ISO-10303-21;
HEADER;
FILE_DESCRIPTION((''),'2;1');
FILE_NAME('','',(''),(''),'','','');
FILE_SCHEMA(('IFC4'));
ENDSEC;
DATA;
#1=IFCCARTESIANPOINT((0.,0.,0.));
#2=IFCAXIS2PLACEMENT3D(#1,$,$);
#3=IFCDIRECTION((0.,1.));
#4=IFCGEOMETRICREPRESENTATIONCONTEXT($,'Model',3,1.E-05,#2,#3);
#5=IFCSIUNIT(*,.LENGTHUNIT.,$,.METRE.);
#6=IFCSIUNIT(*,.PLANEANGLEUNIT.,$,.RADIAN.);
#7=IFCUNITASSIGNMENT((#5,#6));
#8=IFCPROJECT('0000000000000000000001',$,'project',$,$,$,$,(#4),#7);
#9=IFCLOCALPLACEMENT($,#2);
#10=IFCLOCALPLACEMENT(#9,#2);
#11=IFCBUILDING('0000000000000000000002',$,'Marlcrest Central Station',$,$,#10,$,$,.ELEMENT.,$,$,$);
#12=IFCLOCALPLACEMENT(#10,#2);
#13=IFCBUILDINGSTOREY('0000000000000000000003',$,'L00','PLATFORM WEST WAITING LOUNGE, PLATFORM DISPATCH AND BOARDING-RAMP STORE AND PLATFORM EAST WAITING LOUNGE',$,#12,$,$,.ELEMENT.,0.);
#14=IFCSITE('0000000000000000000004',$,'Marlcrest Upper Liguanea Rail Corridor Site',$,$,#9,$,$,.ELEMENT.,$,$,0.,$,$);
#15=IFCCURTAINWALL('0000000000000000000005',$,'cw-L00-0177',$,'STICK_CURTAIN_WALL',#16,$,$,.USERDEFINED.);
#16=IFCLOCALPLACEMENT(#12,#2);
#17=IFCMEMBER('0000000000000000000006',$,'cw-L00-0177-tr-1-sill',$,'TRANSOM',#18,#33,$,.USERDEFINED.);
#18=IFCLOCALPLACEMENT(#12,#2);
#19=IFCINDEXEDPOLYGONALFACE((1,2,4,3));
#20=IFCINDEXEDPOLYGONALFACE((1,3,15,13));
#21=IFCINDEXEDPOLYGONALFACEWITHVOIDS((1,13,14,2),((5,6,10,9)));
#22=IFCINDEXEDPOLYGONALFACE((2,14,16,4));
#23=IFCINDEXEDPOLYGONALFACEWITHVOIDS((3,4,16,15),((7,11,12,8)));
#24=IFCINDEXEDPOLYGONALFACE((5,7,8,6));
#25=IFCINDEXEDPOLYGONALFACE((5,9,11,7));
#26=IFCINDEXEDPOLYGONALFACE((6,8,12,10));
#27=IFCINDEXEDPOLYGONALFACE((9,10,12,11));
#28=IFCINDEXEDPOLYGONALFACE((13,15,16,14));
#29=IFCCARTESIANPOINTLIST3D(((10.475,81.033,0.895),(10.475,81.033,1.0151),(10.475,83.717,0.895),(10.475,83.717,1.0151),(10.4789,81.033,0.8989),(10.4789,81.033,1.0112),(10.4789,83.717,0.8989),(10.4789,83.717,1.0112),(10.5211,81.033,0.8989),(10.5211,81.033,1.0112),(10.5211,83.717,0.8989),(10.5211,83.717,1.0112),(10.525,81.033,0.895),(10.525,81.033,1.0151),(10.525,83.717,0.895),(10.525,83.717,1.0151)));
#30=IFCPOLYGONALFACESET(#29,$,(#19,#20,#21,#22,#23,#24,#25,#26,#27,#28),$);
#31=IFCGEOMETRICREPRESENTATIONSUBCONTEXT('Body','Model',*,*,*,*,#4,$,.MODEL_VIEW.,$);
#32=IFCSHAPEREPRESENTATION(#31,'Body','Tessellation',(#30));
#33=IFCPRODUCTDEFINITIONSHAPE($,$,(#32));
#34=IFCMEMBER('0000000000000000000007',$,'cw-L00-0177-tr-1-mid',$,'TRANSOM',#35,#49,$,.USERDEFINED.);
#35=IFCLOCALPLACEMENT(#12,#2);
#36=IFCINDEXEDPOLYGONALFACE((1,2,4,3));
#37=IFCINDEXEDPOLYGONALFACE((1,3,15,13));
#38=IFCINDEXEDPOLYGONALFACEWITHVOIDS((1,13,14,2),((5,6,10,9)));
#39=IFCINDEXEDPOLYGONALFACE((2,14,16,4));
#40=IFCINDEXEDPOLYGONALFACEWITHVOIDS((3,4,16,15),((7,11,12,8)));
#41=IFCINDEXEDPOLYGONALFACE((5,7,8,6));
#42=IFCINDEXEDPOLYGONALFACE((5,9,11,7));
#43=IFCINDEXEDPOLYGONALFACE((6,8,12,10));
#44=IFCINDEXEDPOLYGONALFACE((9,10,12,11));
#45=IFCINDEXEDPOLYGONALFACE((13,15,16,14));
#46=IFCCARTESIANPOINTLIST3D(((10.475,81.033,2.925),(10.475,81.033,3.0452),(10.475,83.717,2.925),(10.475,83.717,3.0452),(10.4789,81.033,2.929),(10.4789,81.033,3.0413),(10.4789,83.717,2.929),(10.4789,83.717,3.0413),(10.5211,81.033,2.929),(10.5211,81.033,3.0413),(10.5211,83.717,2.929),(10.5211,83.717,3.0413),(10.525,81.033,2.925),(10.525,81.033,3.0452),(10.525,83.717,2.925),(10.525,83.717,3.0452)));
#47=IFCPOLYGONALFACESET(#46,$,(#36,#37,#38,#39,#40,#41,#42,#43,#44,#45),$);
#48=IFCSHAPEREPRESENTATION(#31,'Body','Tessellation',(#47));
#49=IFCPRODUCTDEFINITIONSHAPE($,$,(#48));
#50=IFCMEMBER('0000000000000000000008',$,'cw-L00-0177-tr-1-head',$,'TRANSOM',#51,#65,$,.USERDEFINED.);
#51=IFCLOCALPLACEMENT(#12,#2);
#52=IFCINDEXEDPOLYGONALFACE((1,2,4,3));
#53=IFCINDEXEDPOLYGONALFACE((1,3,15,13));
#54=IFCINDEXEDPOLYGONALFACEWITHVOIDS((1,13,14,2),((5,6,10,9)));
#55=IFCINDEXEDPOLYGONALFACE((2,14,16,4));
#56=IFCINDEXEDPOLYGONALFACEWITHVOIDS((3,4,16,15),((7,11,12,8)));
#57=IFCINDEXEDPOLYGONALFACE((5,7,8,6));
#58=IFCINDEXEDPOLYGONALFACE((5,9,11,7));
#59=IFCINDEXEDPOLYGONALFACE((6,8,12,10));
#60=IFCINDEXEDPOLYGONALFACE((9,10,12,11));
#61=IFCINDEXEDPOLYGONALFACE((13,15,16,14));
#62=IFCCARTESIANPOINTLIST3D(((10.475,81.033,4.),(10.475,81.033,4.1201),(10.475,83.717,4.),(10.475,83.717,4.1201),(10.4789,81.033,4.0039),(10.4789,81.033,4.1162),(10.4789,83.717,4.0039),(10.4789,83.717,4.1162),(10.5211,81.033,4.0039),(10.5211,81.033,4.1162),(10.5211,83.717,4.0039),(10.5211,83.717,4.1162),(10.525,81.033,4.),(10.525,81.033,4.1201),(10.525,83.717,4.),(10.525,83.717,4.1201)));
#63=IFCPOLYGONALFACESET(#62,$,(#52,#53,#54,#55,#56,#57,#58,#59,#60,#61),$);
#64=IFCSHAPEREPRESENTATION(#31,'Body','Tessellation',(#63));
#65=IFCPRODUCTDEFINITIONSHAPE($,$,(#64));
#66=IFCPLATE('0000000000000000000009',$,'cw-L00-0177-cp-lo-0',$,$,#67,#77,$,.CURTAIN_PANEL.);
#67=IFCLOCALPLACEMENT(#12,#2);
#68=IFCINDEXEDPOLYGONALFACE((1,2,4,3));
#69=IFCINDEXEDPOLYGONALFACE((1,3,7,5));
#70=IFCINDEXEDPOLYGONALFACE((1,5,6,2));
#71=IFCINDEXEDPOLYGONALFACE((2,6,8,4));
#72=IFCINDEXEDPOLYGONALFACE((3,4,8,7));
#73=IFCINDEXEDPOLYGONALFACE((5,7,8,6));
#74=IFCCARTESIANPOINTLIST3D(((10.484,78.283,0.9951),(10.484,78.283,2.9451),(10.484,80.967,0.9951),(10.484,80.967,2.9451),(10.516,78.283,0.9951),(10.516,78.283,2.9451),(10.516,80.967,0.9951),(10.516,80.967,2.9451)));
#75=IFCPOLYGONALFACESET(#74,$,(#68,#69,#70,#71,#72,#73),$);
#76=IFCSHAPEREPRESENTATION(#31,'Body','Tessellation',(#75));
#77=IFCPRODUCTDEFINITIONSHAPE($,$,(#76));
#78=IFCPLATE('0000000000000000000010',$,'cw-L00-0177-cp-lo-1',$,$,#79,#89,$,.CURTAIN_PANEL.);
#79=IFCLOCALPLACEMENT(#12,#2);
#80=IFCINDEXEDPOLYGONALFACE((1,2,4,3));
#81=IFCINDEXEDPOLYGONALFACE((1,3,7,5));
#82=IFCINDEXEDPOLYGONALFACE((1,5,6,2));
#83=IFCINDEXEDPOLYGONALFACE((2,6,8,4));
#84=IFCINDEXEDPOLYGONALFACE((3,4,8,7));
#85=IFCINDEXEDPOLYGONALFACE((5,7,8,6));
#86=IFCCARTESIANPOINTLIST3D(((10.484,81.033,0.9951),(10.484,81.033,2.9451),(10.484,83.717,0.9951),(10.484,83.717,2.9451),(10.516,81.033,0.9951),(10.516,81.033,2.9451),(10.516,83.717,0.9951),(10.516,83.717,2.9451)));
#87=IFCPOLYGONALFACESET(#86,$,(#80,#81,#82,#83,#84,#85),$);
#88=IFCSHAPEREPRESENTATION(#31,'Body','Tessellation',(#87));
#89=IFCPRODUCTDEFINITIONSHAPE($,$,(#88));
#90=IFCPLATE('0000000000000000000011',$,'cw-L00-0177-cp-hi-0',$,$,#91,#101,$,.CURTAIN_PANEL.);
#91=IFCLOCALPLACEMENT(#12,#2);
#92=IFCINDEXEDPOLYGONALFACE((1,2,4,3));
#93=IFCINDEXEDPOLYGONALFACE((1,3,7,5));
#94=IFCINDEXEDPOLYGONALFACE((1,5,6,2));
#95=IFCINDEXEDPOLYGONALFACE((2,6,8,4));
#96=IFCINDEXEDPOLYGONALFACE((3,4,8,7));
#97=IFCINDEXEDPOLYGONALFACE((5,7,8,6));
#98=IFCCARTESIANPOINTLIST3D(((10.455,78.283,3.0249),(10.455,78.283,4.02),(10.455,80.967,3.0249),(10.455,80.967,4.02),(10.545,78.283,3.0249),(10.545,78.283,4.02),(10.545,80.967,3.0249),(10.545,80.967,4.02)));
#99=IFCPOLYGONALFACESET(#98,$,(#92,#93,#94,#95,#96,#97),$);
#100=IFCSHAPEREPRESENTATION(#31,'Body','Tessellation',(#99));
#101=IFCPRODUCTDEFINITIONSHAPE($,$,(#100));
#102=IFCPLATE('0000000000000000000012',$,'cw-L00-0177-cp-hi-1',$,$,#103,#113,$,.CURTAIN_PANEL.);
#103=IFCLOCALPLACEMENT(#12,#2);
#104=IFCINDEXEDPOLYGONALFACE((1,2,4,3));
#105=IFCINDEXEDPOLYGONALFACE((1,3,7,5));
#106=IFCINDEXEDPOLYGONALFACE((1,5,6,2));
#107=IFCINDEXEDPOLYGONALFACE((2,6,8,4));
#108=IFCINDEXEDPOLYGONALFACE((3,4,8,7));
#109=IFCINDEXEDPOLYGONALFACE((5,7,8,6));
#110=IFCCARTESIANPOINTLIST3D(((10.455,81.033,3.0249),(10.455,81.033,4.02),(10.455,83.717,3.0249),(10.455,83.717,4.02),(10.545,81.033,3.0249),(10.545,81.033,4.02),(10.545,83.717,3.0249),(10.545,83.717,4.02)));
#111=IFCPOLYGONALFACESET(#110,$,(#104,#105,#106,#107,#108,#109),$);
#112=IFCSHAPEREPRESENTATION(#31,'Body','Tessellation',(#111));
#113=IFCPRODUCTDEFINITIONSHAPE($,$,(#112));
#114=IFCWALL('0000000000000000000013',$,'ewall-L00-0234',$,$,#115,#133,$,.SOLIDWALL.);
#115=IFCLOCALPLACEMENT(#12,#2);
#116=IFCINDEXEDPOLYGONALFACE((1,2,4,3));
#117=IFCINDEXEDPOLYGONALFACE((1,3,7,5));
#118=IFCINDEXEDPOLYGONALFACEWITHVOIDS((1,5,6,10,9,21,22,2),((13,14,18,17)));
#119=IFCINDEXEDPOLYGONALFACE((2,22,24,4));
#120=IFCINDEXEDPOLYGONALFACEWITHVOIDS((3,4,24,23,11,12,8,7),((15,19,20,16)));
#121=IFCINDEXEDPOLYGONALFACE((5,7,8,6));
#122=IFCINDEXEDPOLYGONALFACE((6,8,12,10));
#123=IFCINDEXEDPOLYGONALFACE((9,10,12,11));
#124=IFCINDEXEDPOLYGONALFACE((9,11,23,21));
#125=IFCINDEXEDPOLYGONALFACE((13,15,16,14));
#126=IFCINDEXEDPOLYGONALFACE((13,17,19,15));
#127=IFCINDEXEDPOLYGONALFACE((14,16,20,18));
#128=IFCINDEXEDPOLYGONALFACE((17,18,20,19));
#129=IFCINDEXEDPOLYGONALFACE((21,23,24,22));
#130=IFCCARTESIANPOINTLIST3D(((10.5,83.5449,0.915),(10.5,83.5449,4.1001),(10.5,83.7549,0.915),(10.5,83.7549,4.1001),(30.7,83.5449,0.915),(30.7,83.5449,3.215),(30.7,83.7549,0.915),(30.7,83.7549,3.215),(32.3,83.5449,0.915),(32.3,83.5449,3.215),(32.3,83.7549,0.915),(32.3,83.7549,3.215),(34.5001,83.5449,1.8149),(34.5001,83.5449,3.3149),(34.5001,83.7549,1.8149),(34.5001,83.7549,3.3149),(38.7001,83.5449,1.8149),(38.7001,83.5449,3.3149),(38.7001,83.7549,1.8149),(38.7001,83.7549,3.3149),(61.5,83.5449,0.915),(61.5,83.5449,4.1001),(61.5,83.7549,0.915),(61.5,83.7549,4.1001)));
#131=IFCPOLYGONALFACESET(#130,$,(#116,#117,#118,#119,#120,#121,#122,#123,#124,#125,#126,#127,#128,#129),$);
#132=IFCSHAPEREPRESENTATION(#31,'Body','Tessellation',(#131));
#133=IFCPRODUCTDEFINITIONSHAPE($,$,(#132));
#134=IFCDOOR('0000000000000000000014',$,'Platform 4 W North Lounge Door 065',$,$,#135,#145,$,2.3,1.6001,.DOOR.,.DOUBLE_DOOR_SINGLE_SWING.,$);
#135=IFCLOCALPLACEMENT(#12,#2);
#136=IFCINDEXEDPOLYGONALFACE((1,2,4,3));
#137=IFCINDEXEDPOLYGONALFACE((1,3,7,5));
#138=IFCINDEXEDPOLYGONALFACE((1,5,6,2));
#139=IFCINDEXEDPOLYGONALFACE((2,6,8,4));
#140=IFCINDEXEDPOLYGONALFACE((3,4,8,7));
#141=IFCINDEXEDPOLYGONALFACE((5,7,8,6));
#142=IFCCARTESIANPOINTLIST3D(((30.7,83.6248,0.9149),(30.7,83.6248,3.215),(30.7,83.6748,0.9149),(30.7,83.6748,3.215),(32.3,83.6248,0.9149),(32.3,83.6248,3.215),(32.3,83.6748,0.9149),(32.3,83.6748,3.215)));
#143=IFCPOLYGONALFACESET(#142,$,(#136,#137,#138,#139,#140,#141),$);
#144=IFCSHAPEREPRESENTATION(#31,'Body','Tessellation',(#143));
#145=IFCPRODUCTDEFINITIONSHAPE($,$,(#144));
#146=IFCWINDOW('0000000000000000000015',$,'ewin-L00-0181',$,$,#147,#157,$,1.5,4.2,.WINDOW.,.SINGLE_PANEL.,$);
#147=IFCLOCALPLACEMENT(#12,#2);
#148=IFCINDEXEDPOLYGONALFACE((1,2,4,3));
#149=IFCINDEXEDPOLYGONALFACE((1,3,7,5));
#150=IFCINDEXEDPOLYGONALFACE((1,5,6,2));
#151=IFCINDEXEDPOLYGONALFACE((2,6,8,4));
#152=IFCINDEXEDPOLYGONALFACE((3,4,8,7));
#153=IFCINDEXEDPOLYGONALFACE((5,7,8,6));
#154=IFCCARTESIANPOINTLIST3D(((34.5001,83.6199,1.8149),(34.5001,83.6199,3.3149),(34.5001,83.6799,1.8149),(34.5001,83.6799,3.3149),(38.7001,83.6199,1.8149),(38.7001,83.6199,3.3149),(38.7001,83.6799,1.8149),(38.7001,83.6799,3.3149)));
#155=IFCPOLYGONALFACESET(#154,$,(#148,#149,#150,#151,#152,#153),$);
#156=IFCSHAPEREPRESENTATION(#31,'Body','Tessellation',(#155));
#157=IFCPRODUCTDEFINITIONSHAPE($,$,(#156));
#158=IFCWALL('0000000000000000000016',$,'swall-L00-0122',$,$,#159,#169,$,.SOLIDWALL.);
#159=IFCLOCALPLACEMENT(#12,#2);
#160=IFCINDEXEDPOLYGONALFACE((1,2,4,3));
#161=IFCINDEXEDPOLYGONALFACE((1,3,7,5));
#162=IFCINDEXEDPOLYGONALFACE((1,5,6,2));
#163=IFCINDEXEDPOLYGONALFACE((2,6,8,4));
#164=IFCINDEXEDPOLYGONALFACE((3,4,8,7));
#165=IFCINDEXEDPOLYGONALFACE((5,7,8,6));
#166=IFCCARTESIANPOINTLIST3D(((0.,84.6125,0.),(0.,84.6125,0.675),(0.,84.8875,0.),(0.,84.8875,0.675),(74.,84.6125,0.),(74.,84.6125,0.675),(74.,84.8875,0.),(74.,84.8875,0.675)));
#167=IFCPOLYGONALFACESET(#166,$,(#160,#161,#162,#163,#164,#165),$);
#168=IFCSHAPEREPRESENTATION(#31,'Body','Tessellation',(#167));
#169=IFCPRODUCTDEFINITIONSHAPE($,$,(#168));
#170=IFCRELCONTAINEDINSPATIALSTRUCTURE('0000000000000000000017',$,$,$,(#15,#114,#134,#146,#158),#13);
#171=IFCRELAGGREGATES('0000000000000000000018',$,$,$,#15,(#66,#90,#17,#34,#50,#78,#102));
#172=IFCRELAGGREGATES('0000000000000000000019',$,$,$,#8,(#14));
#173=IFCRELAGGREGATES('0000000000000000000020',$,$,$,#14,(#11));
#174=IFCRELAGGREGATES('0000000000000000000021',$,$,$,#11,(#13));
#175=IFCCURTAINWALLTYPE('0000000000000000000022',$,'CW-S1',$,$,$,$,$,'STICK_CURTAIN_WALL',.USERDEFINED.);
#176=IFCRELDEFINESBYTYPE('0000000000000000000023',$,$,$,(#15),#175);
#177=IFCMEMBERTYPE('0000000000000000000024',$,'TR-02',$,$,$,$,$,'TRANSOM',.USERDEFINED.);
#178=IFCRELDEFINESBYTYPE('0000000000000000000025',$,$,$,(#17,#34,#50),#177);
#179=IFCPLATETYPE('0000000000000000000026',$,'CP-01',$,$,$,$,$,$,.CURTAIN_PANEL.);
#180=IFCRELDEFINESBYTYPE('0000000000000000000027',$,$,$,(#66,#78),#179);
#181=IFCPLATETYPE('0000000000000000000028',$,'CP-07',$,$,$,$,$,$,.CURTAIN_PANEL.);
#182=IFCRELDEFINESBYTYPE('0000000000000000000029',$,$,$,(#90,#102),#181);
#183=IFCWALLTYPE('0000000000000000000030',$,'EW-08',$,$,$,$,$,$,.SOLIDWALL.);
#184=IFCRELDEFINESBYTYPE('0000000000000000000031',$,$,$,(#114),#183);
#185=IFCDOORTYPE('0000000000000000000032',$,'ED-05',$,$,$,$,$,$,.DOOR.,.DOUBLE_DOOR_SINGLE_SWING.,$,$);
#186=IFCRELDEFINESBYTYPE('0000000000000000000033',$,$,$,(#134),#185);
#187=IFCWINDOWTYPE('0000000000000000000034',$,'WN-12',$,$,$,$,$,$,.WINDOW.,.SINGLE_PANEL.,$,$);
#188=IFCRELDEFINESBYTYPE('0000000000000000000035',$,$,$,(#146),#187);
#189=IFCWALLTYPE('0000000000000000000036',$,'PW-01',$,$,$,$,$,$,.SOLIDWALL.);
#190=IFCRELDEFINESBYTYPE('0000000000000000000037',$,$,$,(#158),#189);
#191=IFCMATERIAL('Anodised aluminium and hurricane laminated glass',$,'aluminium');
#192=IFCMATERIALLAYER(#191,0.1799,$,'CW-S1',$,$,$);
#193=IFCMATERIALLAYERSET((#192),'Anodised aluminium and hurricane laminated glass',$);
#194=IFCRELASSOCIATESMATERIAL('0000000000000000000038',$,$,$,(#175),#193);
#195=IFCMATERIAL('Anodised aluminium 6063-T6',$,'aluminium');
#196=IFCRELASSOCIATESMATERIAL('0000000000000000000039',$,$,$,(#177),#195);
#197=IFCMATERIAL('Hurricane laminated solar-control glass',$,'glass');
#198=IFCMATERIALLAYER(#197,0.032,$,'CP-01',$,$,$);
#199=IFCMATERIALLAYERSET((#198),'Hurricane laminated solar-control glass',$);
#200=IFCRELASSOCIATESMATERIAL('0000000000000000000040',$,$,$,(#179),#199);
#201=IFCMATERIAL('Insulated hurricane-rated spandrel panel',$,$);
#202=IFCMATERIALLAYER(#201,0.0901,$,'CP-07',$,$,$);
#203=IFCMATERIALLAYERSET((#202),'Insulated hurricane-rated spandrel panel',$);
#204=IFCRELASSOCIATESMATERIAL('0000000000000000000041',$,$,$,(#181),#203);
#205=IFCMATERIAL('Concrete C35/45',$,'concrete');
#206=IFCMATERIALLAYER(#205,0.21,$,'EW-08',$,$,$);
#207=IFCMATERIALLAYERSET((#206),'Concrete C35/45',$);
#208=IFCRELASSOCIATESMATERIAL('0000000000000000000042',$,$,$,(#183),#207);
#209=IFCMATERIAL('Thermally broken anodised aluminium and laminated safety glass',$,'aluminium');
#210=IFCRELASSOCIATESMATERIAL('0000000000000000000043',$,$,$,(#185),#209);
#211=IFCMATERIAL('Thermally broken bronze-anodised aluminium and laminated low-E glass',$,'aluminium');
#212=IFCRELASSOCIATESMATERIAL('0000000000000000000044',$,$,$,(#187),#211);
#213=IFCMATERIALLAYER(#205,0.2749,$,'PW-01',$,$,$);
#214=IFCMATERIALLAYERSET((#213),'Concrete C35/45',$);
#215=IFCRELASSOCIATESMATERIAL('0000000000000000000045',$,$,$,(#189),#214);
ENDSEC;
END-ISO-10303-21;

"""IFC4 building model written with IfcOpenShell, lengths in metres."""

from ifc_helpers import new_model, si_unit, direction, frame, frame_2d, origin, origin_2d, place, context, subcontext, project, spatial, rectangle, hollow_rectangle, extrude, material, layer, layer_set, material_profile, profile_set, type_object, element, fill, aggregate, save


model = new_model("IFC4")

# Units and contexts
model_context = context("Model", 3, precision=1e-05, world=origin(), true_north=direction((0.0, 1.0)))
body_context = subcontext(model_context, "Body", "Model", "MODEL_VIEW")
ifc_project = project(units=[si_unit("LENGTHUNIT", "METRE"), si_unit("PLANEANGLEUNIT", "RADIAN")], contexts=[model_context])

# Site, building, storey
site_placement = place(None, origin())
site = spatial("IfcSite", under=ifc_project, at=site_placement, Name="Marlcrest Upper Liguanea Rail Corridor Site", CompositionType="ELEMENT", RefElevation=0.0)
building_placement = place(site_placement, origin())
building = spatial("IfcBuilding", under=site, at=building_placement, Name="Marlcrest Central Station", CompositionType="ELEMENT")
storey_placement = place(building_placement, origin())
storey = spatial("IfcBuildingStorey", under=building, at=storey_placement, Name="L00", Description="PLATFORM WEST WAITING LOUNGE, PLATFORM DISPATCH AND BOARDING-RAMP STORE AND PLATFORM EAST WAITING LOUNGE", CompositionType="ELEMENT", Elevation=0.0)

# Shared definitions
ifc_material_1 = material(Name="Concrete C35/45", Category="concrete")

# Curtain wall, members, plates
ifc_material_2 = material(Name="Anodised aluminium and hurricane laminated glass", Category="aluminium")
ifc_layer_1 = layer(ifc_material_2, 0.1799, Name="CW-S1")
ifc_layer_set_1 = layer_set([ifc_layer_1], Name="Anodised aluminium and hurricane laminated glass")
curtain_wall_type = type_object("IfcCurtainWallType", Name="CW-S1", ElementType="STICK_CURTAIN_WALL", PredefinedType="USERDEFINED", material=ifc_layer_set_1)
curtain_wall_placement = place(storey_placement, origin())
curtain_wall = element("IfcCurtainWall", 1, at=curtain_wall_placement, inside=storey, type_object=curtain_wall_type, Name="cw-L00-0177", ObjectType="STICK_CURTAIN_WALL", PredefinedType="USERDEFINED")
ifc_material_3 = material(Name="Anodised aluminium 6063-T6", Category="aluminium")
ifc_material_profile_1 = material_profile(ifc_material_3, hollow_rectangle(XDim=0.05, YDim=0.1201, WallThickness=0.0039, at=origin_2d()), Name="AA-RHS 120x50x4")
ifc_profile_set_1 = profile_set([ifc_material_profile_1], Name="Anodised aluminium 6063-T6")
member_type_1 = type_object("IfcMemberType", Name="TR-02", ElementType="TRANSOM", PredefinedType="USERDEFINED", material=ifc_profile_set_1)
member_1_placement = place(storey_placement, frame((10.5, 81.033, 0.9551), z_axis=(0.0, 1.0, 0.0), x_axis=(-1.0, 0.0, 0.0)))
member_1 = element("IfcMember", 2, at=member_1_placement, type_object=member_type_1, Name="cw-L00-0177-tr-1-sill", ObjectType="TRANSOM", PredefinedType="USERDEFINED", context=body_context, shape_type="SweptSolid", body=[
    extrude(hollow_rectangle(XDim=0.05, YDim=0.1201, WallThickness=0.0039, at=origin_2d()), origin(), (0.0, 0.0, 1.0), 2.6841),
])
member_2_placement = place(storey_placement, frame((10.5, 81.033, 2.9851), z_axis=(0.0, 1.0, 0.0), x_axis=(-1.0, 0.0, 0.0)))
member_2 = element("IfcMember", 3, at=member_2_placement, type_object=member_type_1, Name="cw-L00-0177-tr-1-mid", ObjectType="TRANSOM", PredefinedType="USERDEFINED", context=body_context, shape_type="SweptSolid", body=[
    extrude(hollow_rectangle(XDim=0.05, YDim=0.1201, WallThickness=0.0039, at=origin_2d()), origin(), (0.0, 0.0, 1.0), 2.6841),
])
member_3_placement = place(storey_placement, frame((10.5, 81.033, 4.0601), z_axis=(0.0, 1.0, 0.0), x_axis=(-1.0, 0.0, 0.0)))
member_3 = element("IfcMember", 4, at=member_3_placement, type_object=member_type_1, Name="cw-L00-0177-tr-1-head", ObjectType="TRANSOM", PredefinedType="USERDEFINED", context=body_context, shape_type="SweptSolid", body=[
    extrude(hollow_rectangle(XDim=0.05, YDim=0.1201, WallThickness=0.0039, at=origin_2d()), origin(), (0.0, 0.0, 1.0), 2.6841),
])
ifc_material_4 = material(Name="Hurricane laminated solar-control glass", Category="glass")
ifc_layer_2 = layer(ifc_material_4, 0.032, Name="CP-01")
ifc_layer_set_2 = layer_set([ifc_layer_2], Name="Hurricane laminated solar-control glass")
plate_type_1 = type_object("IfcPlateType", Name="CP-01", PredefinedType="CURTAIN_PANEL", material=ifc_layer_set_2)
plate_1_placement = place(storey_placement, frame((10.5, 79.625, 0.9951), z_axis=(0.0, 0.0, 1.0), x_axis=(0.0, 1.0, 0.0)))
plate_1 = element("IfcPlate", 5, at=plate_1_placement, type_object=plate_type_1, Name="cw-L00-0177-cp-lo-0", PredefinedType="CURTAIN_PANEL", context=body_context, shape_type="SweptSolid", body=[
    extrude(rectangle(XDim=2.6841, YDim=0.032, at=origin_2d()), origin(), (0.0, 0.0, 1.0), 1.95),
])
plate_2_placement = place(storey_placement, frame((10.5, 82.375, 0.9951), z_axis=(0.0, 0.0, 1.0), x_axis=(0.0, 1.0, 0.0)))
plate_2 = element("IfcPlate", 6, at=plate_2_placement, type_object=plate_type_1, Name="cw-L00-0177-cp-lo-1", PredefinedType="CURTAIN_PANEL", context=body_context, shape_type="SweptSolid", body=[
    extrude(rectangle(XDim=2.6841, YDim=0.032, at=origin_2d()), origin(), (0.0, 0.0, 1.0), 1.95),
])
ifc_material_5 = material(Name="Insulated hurricane-rated spandrel panel")
ifc_layer_3 = layer(ifc_material_5, 0.0901, Name="CP-07")
ifc_layer_set_3 = layer_set([ifc_layer_3], Name="Insulated hurricane-rated spandrel panel")
plate_type_2 = type_object("IfcPlateType", Name="CP-07", PredefinedType="CURTAIN_PANEL", material=ifc_layer_set_3)
plate_3_placement = place(storey_placement, frame((10.5, 79.625, 3.0249), z_axis=(0.0, 0.0, 1.0), x_axis=(0.0, 1.0, 0.0)))
plate_3 = element("IfcPlate", 7, at=plate_3_placement, type_object=plate_type_2, Name="cw-L00-0177-cp-hi-0", PredefinedType="CURTAIN_PANEL", context=body_context, shape_type="SweptSolid", body=[
    extrude(rectangle(XDim=2.6841, YDim=0.0901, at=origin_2d()), origin(), (0.0, 0.0, 1.0), 0.9951),
])
plate_4_placement = place(storey_placement, frame((10.5, 82.375, 3.0249), z_axis=(0.0, 0.0, 1.0), x_axis=(0.0, 1.0, 0.0)))
plate_4 = element("IfcPlate", 8, at=plate_4_placement, type_object=plate_type_2, Name="cw-L00-0177-cp-hi-1", PredefinedType="CURTAIN_PANEL", context=body_context, shape_type="SweptSolid", body=[
    extrude(rectangle(XDim=2.6841, YDim=0.0901, at=origin_2d()), origin(), (0.0, 0.0, 1.0), 0.9951),
])
aggregate(curtain_wall, [plate_1, plate_3, member_1, member_2, member_3, plate_2, plate_4])

# Wall, openings, door, window
ifc_layer_4 = layer(ifc_material_1, 0.21, Name="EW-08")
ifc_layer_set_4 = layer_set([ifc_layer_4], Name="Concrete C35/45")
wall_type_1 = type_object("IfcWallType", Name="EW-08", PredefinedType="SOLIDWALL", material=ifc_layer_set_4)
wall_1_placement = place(storey_placement, frame((10.5, 83.6499, 0.915), z_axis=(0.0, 0.0, 1.0), x_axis=(1.0, 0.0, 0.0)))
wall_1 = element("IfcWall", 9, at=wall_1_placement, inside=storey, type_object=wall_type_1, Name="ewall-L00-0234", PredefinedType="SOLIDWALL", context=body_context, shape_type="SweptSolid", body=[
    extrude(rectangle(XDim=51.0, YDim=0.21, at=frame_2d((25.5, 0.0))), origin(), (0.0, 0.0, 1.0), 3.1851),
])
opening_1_placement = place(wall_1_placement, frame((20.2, 0.0, 0.0)))
opening_1 = element("IfcOpeningElement", 10, at=opening_1_placement, cuts=wall_1, PredefinedType="OPENING", context=body_context, shape_type="SweptSolid", body=[
    extrude(rectangle(XDim=1.6001, YDim=2.3, at=frame_2d((0.8, 1.1499))), frame((0.0, 0.115, 0.0), z_axis=(0.0, -1.0, 0.0), x_axis=(1.0, 0.0, 0.0)), (0.0, 0.0, 1.0), 0.23),
])
opening_2_placement = place(wall_1_placement, frame((24.0, 0.0, 0.8999)))
opening_2 = element("IfcOpeningElement", 11, at=opening_2_placement, cuts=wall_1, PredefinedType="OPENING", context=body_context, shape_type="SweptSolid", body=[
    extrude(rectangle(XDim=4.2, YDim=1.5, at=frame_2d((2.1001, 0.75))), frame((0.0, 0.115, 0.0), z_axis=(0.0, -1.0, 0.0), x_axis=(1.0, 0.0, 0.0)), (0.0, 0.0, 1.0), 0.23),
])
ifc_material_6 = material(Name="Thermally broken anodised aluminium and laminated safety glass", Category="aluminium")
door_type = type_object("IfcDoorType", Name="ED-05", OperationType="DOUBLE_DOOR_SINGLE_SWING", PredefinedType="DOOR", material=ifc_material_6)
door_placement = place(opening_1_placement, origin())
door = element("IfcDoor", 12, at=door_placement, inside=storey, type_object=door_type, Name="Platform 4 W North Lounge Door 065", OperationType="DOUBLE_DOOR_SINGLE_SWING", OverallHeight=2.3, OverallWidth=1.6001, PredefinedType="DOOR", context=body_context, shape_type="SweptSolid", body=[
    extrude(rectangle(XDim=1.6001, YDim=2.3, at=frame_2d((0.8, 1.1499))), frame((0.0, 0.0249, 0.0), z_axis=(0.0, -1.0, 0.0), x_axis=(1.0, 0.0, 0.0)), (0.0, 0.0, 1.0), 0.05),
])
fill(opening_1, door)
ifc_material_7 = material(Name="Thermally broken bronze-anodised aluminium and laminated low-E glass", Category="aluminium")
window_type = type_object("IfcWindowType", Name="WN-12", PartitioningType="SINGLE_PANEL", PredefinedType="WINDOW", material=ifc_material_7)
window_placement = place(opening_2_placement, origin())
window = element("IfcWindow", 13, at=window_placement, inside=storey, type_object=window_type, Name="ewin-L00-0181", OverallHeight=1.5, OverallWidth=4.2, PartitioningType="SINGLE_PANEL", PredefinedType="WINDOW", context=body_context, shape_type="SweptSolid", body=[
    extrude(rectangle(XDim=4.2, YDim=1.5, at=frame_2d((2.1001, 0.75))), frame((0.0, 0.03, 0.0), z_axis=(0.0, -1.0, 0.0), x_axis=(1.0, 0.0, 0.0)), (0.0, 0.0, 1.0), 0.0601),
])
fill(opening_2, window)

# Wall
ifc_layer_5 = layer(ifc_material_1, 0.2749, Name="PW-01")
ifc_layer_set_5 = layer_set([ifc_layer_5], Name="Concrete C35/45")
wall_type_2 = type_object("IfcWallType", Name="PW-01", PredefinedType="SOLIDWALL", material=ifc_layer_set_5)
wall_2_placement = place(storey_placement, frame((0.0, 84.75, 0.0), z_axis=(0.0, 0.0, 1.0), x_axis=(1.0, 0.0, 0.0)))
element("IfcWall", 14, at=wall_2_placement, inside=storey, type_object=wall_type_2, Name="swall-L00-0122", PredefinedType="SOLIDWALL", context=body_context, shape_type="SweptSolid", body=[
    extrude(rectangle(XDim=74.0, YDim=0.2749, at=frame_2d((37.0, 0.0))), origin(), (0.0, 0.0, 1.0), 0.675),
])

save(model, "model.ifc")
